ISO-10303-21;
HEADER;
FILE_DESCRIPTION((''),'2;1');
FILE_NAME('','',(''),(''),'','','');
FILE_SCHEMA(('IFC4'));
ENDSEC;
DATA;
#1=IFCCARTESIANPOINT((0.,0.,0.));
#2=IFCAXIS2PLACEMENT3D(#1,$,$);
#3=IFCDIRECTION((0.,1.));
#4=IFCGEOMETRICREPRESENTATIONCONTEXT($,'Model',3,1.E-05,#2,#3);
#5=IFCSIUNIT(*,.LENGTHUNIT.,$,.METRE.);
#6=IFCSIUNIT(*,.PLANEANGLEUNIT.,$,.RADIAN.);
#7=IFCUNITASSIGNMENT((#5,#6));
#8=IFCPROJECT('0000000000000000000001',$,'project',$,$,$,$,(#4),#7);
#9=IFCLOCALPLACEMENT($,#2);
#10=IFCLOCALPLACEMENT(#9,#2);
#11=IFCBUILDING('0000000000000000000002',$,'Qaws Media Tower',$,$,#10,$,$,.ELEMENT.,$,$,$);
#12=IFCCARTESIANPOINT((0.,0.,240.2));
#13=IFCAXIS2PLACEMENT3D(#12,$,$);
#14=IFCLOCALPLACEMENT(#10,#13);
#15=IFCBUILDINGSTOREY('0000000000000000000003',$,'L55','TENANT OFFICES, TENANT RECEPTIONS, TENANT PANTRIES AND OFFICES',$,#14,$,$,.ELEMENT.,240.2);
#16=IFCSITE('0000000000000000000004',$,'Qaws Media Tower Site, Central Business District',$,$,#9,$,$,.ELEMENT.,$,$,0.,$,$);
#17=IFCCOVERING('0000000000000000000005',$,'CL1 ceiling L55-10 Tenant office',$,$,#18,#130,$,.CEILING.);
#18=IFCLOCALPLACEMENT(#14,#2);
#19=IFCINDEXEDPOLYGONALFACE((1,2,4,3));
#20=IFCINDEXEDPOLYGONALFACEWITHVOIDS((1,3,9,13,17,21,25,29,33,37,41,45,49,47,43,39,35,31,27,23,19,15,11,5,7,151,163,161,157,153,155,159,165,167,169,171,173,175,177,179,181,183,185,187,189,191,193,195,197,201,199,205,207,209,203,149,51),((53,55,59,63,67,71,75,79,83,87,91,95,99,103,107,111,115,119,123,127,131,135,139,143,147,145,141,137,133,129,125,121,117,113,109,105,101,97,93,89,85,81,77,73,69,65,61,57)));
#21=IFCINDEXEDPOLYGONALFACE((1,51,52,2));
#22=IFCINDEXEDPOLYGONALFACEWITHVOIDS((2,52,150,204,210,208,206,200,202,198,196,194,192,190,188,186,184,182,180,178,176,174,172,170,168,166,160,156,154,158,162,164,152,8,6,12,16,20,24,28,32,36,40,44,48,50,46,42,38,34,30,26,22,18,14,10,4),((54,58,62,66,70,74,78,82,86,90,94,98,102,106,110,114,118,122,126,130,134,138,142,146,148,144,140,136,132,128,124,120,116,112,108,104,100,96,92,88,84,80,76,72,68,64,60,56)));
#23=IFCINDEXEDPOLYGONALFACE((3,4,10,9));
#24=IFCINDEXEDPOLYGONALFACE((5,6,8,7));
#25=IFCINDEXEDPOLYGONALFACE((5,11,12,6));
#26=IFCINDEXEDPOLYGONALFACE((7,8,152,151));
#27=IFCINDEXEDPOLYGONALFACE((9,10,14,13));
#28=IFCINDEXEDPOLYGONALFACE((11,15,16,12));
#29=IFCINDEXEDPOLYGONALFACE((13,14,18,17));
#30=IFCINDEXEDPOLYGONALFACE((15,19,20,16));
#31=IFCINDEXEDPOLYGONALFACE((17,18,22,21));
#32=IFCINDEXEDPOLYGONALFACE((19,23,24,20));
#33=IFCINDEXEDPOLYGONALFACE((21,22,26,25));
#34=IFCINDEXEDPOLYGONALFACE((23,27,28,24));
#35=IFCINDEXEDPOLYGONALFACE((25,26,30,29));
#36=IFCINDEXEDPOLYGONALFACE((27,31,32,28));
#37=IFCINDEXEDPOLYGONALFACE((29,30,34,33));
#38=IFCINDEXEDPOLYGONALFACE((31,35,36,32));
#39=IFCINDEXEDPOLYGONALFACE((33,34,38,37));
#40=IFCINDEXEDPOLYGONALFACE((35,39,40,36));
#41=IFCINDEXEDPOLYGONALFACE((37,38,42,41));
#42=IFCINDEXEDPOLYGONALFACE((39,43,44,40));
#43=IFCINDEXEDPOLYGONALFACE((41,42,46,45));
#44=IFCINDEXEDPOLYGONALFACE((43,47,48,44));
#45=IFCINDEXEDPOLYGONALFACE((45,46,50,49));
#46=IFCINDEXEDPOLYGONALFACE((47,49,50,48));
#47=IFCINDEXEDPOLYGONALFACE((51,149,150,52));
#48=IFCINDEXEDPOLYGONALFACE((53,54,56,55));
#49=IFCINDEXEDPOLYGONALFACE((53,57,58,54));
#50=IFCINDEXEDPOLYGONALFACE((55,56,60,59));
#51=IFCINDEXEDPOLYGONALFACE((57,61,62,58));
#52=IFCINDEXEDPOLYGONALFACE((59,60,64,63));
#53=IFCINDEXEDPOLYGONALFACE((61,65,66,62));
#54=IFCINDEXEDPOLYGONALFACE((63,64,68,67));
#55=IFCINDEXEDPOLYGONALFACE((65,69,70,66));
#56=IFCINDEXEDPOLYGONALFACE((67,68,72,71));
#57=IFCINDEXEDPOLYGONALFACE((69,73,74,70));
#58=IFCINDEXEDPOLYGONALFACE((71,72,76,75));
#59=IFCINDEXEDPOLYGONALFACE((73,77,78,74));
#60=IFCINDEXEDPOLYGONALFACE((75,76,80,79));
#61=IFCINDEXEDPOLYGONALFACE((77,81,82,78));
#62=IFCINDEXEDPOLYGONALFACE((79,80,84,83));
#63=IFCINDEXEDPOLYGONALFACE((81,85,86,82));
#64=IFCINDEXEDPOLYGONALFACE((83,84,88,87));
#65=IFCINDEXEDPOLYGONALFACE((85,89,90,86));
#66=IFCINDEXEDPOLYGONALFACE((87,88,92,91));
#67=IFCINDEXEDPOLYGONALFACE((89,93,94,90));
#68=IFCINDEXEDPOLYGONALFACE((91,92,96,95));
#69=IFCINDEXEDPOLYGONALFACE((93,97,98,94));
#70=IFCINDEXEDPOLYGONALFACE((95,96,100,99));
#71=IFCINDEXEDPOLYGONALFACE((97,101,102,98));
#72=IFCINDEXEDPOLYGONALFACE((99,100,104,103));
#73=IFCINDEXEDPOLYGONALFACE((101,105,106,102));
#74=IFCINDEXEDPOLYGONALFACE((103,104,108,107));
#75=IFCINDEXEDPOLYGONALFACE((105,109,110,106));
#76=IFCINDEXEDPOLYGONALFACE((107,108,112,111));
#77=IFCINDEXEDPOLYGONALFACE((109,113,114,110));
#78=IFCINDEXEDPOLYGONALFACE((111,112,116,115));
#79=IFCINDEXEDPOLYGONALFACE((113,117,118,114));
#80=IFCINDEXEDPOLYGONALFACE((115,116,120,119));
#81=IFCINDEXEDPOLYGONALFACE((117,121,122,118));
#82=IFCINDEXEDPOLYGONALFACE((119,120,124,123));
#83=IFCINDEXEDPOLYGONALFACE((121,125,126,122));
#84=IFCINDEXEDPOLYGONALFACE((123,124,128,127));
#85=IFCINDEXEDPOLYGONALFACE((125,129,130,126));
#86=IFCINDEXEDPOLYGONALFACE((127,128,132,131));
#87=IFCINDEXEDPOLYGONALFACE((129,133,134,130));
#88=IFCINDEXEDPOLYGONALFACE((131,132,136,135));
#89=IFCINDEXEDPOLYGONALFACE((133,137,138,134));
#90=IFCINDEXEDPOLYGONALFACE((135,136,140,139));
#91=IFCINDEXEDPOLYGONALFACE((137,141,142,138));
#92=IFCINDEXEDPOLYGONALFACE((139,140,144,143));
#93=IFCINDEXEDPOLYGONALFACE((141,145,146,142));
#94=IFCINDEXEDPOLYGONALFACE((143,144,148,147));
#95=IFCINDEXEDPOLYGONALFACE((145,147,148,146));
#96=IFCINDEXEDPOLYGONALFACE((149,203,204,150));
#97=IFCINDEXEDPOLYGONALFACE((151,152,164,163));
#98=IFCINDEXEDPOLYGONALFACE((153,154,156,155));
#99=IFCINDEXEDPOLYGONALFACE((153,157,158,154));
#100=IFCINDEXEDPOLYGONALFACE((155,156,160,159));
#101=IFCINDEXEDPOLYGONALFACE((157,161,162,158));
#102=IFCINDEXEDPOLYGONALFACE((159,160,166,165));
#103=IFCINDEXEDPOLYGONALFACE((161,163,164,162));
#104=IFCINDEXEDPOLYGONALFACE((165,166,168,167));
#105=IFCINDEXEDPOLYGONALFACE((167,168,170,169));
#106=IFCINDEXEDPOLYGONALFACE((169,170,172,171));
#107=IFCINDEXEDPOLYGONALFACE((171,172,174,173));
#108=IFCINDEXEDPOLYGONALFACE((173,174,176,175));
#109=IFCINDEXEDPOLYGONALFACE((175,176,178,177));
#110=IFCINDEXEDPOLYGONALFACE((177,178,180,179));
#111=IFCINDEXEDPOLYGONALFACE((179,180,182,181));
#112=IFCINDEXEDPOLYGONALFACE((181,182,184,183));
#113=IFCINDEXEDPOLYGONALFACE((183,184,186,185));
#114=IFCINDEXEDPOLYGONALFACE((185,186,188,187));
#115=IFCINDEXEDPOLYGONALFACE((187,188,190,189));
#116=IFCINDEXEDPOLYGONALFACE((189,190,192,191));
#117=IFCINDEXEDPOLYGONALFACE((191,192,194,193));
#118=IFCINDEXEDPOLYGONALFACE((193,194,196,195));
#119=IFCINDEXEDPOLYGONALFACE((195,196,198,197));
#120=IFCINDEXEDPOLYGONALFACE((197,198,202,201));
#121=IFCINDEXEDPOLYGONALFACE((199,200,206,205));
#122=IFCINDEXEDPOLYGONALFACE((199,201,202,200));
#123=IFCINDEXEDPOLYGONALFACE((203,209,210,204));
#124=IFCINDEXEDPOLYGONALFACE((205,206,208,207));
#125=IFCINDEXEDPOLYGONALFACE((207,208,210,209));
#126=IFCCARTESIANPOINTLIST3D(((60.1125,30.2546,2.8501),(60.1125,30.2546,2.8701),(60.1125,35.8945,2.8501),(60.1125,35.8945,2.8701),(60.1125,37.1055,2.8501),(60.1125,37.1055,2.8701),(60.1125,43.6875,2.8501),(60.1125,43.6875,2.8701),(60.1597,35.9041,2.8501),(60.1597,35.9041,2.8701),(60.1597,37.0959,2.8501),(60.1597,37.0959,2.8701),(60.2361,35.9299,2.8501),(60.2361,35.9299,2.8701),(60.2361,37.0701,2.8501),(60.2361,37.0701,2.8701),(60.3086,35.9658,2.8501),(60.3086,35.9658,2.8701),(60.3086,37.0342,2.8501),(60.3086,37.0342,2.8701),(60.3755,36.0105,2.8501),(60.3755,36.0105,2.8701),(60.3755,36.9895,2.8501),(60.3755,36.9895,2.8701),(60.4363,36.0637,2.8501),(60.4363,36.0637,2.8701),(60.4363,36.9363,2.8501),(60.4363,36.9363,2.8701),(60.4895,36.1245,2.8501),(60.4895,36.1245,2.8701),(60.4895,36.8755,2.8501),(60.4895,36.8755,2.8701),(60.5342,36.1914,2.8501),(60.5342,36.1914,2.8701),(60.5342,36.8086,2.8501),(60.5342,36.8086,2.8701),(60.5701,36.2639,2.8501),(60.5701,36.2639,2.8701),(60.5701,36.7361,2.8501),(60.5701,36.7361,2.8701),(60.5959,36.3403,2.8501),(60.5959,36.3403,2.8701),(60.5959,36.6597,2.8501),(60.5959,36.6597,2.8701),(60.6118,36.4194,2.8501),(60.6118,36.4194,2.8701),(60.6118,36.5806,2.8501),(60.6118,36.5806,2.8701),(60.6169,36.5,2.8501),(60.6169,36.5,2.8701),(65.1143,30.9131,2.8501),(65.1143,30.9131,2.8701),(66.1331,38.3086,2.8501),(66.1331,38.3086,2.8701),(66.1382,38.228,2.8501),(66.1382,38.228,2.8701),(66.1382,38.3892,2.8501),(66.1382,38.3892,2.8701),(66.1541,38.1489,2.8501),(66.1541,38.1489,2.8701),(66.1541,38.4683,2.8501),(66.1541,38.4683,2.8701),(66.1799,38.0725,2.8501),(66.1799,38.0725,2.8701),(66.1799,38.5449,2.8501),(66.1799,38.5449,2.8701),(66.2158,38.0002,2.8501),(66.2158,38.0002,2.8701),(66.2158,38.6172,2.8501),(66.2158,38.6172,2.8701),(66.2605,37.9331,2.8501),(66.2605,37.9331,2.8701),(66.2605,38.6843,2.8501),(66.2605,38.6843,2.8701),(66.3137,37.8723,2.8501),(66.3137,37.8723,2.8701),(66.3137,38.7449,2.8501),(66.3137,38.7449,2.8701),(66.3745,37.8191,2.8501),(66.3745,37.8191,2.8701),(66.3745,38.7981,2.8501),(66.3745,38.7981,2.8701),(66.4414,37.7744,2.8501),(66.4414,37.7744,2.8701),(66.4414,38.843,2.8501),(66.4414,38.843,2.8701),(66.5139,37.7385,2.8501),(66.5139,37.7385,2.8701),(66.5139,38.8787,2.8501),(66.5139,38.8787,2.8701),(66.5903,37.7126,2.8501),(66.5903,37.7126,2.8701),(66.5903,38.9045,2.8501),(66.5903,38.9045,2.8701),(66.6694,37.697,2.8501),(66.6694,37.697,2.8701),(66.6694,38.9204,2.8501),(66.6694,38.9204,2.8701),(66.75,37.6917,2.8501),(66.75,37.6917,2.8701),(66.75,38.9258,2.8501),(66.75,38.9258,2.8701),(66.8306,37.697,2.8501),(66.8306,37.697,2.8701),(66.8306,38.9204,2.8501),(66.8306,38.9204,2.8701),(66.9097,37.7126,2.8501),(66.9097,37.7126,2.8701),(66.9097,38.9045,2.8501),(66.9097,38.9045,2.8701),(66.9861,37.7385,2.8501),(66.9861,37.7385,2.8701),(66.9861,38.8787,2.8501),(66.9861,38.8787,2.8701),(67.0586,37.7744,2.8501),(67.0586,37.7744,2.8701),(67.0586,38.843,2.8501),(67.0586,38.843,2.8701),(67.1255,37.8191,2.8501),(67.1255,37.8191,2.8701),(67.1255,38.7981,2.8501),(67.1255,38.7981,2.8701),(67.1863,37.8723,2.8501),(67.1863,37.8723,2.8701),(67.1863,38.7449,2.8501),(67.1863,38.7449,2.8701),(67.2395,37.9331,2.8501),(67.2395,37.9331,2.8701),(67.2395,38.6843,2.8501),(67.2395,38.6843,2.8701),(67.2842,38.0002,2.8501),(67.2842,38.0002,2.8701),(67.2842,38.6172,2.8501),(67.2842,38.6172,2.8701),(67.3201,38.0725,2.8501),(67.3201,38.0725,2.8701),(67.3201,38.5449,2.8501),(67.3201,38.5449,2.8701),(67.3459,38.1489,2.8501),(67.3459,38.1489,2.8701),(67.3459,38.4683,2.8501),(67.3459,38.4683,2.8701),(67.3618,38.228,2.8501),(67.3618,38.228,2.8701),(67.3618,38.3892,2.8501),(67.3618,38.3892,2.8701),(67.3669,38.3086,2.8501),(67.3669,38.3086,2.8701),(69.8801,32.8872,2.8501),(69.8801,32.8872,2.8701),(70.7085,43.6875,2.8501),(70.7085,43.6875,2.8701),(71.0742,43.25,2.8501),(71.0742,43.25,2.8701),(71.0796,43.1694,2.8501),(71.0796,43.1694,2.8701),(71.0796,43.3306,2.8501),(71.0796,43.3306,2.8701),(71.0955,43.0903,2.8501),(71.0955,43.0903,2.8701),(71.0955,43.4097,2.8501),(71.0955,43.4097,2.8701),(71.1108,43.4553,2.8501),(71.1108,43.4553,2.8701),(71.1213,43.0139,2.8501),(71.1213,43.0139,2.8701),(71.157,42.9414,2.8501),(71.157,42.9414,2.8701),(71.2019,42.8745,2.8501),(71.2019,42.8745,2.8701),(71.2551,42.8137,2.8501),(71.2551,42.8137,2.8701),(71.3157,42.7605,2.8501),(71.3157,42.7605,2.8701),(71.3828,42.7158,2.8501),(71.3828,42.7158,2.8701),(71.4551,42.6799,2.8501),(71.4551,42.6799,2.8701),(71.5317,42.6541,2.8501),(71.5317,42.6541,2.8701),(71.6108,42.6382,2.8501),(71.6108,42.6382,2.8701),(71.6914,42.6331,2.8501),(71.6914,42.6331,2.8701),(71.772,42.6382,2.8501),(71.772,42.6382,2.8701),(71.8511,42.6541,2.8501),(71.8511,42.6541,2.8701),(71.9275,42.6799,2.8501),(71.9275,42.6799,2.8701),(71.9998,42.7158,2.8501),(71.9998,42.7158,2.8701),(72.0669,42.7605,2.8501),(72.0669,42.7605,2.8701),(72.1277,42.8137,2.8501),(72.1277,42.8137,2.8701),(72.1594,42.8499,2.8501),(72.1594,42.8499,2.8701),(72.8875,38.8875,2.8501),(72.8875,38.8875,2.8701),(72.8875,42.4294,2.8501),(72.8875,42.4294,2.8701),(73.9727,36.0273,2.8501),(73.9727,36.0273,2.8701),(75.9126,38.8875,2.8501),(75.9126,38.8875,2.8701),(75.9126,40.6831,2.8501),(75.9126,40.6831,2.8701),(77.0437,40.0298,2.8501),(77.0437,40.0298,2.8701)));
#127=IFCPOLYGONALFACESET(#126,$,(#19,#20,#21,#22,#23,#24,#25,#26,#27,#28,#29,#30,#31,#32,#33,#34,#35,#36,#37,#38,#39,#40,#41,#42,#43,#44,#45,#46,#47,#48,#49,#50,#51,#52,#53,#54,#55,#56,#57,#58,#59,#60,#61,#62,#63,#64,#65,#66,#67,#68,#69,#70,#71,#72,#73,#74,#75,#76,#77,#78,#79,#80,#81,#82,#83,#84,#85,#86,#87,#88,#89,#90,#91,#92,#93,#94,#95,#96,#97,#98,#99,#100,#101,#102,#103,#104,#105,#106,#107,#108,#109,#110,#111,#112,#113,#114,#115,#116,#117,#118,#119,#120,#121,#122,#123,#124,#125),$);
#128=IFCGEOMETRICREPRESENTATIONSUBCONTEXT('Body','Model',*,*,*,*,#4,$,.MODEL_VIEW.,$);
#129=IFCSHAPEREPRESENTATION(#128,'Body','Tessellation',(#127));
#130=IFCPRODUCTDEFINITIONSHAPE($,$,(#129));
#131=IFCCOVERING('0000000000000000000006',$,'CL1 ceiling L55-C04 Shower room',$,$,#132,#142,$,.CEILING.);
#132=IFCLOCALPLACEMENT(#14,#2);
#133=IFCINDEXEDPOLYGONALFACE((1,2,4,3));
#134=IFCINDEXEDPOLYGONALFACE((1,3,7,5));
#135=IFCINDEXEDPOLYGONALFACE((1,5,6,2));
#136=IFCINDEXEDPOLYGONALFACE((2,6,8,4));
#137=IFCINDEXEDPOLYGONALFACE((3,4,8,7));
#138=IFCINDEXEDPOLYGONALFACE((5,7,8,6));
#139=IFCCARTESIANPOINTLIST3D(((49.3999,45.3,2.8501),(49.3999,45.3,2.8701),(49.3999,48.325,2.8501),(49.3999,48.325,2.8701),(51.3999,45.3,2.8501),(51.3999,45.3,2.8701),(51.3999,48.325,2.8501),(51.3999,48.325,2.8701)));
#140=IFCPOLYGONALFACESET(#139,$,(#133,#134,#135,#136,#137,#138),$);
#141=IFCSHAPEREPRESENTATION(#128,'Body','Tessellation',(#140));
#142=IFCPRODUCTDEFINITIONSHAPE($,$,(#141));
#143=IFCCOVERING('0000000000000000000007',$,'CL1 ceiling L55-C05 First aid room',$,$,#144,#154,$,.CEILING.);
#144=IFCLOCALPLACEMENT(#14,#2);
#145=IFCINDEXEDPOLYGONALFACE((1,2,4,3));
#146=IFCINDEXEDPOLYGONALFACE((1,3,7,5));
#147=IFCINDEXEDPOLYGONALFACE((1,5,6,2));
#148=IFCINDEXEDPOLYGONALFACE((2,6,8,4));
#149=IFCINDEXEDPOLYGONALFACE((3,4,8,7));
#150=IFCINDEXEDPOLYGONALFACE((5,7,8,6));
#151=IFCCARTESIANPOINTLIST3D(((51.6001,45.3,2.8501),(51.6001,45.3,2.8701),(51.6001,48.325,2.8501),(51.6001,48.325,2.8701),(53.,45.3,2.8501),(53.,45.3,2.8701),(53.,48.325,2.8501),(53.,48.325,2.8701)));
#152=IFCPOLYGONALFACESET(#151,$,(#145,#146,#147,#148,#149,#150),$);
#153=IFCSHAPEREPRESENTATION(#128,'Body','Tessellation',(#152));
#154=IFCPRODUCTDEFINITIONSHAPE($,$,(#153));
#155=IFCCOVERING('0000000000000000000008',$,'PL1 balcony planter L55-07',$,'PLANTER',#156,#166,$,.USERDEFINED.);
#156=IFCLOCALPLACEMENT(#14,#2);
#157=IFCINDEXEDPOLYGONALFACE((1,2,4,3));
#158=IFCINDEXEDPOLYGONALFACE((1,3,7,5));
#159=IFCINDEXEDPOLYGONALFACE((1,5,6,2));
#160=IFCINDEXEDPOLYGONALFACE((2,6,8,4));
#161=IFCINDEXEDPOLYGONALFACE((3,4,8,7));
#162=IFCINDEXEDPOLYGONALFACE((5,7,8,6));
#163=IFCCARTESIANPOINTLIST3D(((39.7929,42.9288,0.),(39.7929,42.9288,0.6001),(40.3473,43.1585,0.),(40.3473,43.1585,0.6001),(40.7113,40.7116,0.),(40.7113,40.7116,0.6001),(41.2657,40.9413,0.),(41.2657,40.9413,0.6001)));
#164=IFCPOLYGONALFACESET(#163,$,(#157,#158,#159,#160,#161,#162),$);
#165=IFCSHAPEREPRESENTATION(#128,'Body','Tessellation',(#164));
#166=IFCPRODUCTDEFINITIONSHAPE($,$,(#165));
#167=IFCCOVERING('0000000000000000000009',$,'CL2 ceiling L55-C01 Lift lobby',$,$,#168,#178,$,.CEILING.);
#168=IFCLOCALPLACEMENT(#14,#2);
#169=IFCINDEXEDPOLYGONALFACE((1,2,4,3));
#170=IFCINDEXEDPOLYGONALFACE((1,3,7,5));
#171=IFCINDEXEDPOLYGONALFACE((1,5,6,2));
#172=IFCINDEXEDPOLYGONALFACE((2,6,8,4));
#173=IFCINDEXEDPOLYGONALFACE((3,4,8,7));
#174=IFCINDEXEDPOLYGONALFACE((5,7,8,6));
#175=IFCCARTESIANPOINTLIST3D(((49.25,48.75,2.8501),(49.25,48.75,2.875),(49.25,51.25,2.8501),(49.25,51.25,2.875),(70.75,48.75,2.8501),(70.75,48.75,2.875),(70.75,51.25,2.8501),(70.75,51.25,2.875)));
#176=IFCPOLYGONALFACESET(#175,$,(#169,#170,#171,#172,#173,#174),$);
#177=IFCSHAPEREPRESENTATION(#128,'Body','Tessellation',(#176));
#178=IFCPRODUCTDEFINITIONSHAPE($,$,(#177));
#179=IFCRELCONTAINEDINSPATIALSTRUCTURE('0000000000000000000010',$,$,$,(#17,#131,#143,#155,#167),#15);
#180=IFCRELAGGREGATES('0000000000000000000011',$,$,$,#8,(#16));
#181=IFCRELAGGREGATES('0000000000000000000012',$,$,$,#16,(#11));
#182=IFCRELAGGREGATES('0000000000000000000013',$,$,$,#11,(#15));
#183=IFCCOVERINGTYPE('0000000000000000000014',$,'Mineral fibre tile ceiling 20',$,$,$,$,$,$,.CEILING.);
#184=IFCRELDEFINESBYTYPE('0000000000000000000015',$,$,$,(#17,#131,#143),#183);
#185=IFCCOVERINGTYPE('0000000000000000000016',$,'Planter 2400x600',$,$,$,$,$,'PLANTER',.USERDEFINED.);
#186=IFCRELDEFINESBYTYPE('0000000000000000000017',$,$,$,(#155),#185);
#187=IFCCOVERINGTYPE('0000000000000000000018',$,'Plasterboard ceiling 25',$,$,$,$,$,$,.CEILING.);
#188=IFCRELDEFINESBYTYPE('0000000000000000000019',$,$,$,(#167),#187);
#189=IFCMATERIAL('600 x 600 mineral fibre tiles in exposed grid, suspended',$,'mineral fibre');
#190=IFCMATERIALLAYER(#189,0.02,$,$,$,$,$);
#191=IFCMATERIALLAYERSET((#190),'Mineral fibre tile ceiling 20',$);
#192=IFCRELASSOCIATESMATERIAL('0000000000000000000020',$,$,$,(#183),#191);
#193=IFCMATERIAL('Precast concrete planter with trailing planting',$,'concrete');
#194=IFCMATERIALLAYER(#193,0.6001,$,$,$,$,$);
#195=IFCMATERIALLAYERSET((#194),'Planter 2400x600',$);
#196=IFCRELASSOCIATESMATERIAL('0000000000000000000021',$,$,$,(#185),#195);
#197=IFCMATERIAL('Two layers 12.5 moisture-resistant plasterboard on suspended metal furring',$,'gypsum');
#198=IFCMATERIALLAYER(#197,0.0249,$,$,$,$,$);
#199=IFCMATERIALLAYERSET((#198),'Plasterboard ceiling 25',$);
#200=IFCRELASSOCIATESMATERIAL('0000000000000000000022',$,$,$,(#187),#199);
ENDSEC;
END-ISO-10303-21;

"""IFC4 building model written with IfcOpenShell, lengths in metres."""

from ifc_helpers import new_model, si_unit, direction, frame, origin, origin_2d, place, context, subcontext, project, spatial, polyline, rectangle, outline, extrude, material, layer, layer_set, type_object, element, save


model = new_model("IFC4")

# Units and contexts
model_context = context("Model", 3, precision=1e-05, world=origin(), true_north=direction((0.0, 1.0)))
body_context = subcontext(model_context, "Body", "Model", "MODEL_VIEW")
ifc_project = project(units=[si_unit("LENGTHUNIT", "METRE"), si_unit("PLANEANGLEUNIT", "RADIAN")], contexts=[model_context])

# Site, building, storey
site_placement = place(None, origin())
site = spatial("IfcSite", under=ifc_project, at=site_placement, Name="Qaws Media Tower Site, Central Business District", CompositionType="ELEMENT", RefElevation=0.0)
building_placement = place(site_placement, origin())
building = spatial("IfcBuilding", under=site, at=building_placement, Name="Qaws Media Tower", CompositionType="ELEMENT")
storey_placement = place(building_placement, frame((0.0, 0.0, 240.2)))
storey = spatial("IfcBuildingStorey", under=building, at=storey_placement, Name="L55", Description="TENANT OFFICES, TENANT RECEPTIONS, TENANT PANTRIES AND OFFICES", CompositionType="ELEMENT", Elevation=240.2)

# Coverings
ifc_material_1 = material(Name="600 x 600 mineral fibre tiles in exposed grid, suspended", Category="mineral fibre")
ifc_layer_1 = layer(ifc_material_1, 0.02)
ifc_layer_set_1 = layer_set([ifc_layer_1], Name="Mineral fibre tile ceiling 20")
covering_type_1 = type_object("IfcCoveringType", Name="Mineral fibre tile ceiling 20", PredefinedType="CEILING", material=ifc_layer_set_1)
covering_1_placement = place(storey_placement, frame((0.0, 0.0, 2.8501)))
element("IfcCovering", 1, at=covering_1_placement, inside=storey, type_object=covering_type_1, Name="CL1 ceiling L55-10 Tenant office", PredefinedType="CEILING", context=body_context, shape_type="SweptSolid", body=[
    extrude(outline(polyline([(72.8875, 38.8875), (75.9126, 38.8875), (75.9126, 40.6831), (77.0437, 40.0298), (73.9727, 36.0273), (69.8801, 32.8872), (65.1143, 30.9131), (60.1125, 30.2546), (60.1125, 35.8945), (60.1597, 35.9041), (60.2361, 35.9299), (60.3086, 35.9658), (60.3755, 36.0105), (60.4363, 36.0637), (60.4895, 36.1245), (60.5342, 36.1914), (60.5701, 36.2639), (60.5959, 36.3403), (60.6118, 36.4194), (60.6169, 36.5), (60.6118, 36.5806), (60.5959, 36.6597), (60.5701, 36.7361), (60.5342, 36.8086), (60.4895, 36.8755), (60.4363, 36.9363), (60.3755, 36.9895), (60.3086, 37.0342), (60.2361, 37.0701), (60.1597, 37.0959), (60.1125, 37.1055), (60.1125, 43.6875), (70.7085, 43.6875), (71.1108, 43.4553), (71.0955, 43.4097), (71.0796, 43.3306), (71.0742, 43.25), (71.0796, 43.1694), (71.0955, 43.0903), (71.1213, 43.0139), (71.157, 42.9414), (71.2019, 42.8745), (71.2551, 42.8137), (71.3157, 42.7605), (71.3828, 42.7158), (71.4551, 42.6799), (71.5317, 42.6541), (71.6108, 42.6382), (71.6914, 42.6331), (71.772, 42.6382), (71.8511, 42.6541), (71.9275, 42.6799), (71.9998, 42.7158), (72.0669, 42.7605), (72.1277, 42.8137), (72.1594, 42.8499), (72.8875, 42.4294), (72.8875, 38.8875)]), holes=[polyline([(67.3201, 38.0725), (67.3459, 38.1489), (67.3618, 38.228), (67.3669, 38.3086), (67.3618, 38.3892), (67.3459, 38.4683), (67.3201, 38.5449), (67.2842, 38.6172), (67.2395, 38.6843), (67.1863, 38.7449), (67.1255, 38.7981), (67.0586, 38.843), (66.9861, 38.8787), (66.9097, 38.9045), (66.8306, 38.9204), (66.75, 38.9258), (66.6694, 38.9204), (66.5903, 38.9045), (66.5139, 38.8787), (66.4414, 38.843), (66.3745, 38.7981), (66.3137, 38.7449), (66.2605, 38.6843), (66.2158, 38.6172), (66.1799, 38.5449), (66.1541, 38.4683), (66.1382, 38.3892), (66.1331, 38.3086), (66.1382, 38.228), (66.1541, 38.1489), (66.1799, 38.0725), (66.2158, 38.0002), (66.2605, 37.9331), (66.3137, 37.8723), (66.3745, 37.8191), (66.4414, 37.7744), (66.5139, 37.7385), (66.5903, 37.7126), (66.6694, 37.697), (66.75, 37.6917), (66.8306, 37.697), (66.9097, 37.7126), (66.9861, 37.7385), (67.0586, 37.7744), (67.1255, 37.8191), (67.1863, 37.8723), (67.2395, 37.9331), (67.2842, 38.0002), (67.3201, 38.0725)])]), origin(), (0.0, 0.0, 1.0), 0.02),
])
covering_2_placement = place(storey_placement, frame((0.0, 0.0, 2.8501)))
element("IfcCovering", 2, at=covering_2_placement, inside=storey, type_object=covering_type_1, Name="CL1 ceiling L55-C04 Shower room", PredefinedType="CEILING", context=body_context, shape_type="SweptSolid", body=[
    extrude(outline(polyline([(49.3999, 45.3), (49.3999, 48.325), (51.3999, 48.325), (51.3999, 45.3), (49.3999, 45.3)])), origin(), (0.0, 0.0, 1.0), 0.02),
])
covering_3_placement = place(storey_placement, frame((0.0, 0.0, 2.8501)))
element("IfcCovering", 3, at=covering_3_placement, inside=storey, type_object=covering_type_1, Name="CL1 ceiling L55-C05 First aid room", PredefinedType="CEILING", context=body_context, shape_type="SweptSolid", body=[
    extrude(outline(polyline([(51.6001, 45.3), (51.6001, 48.325), (53.0, 48.325), (53.0, 45.3), (51.6001, 45.3)])), origin(), (0.0, 0.0, 1.0), 0.02),
])
ifc_material_2 = material(Name="Precast concrete planter with trailing planting", Category="concrete")
ifc_layer_2 = layer(ifc_material_2, 0.6001)
ifc_layer_set_2 = layer_set([ifc_layer_2], Name="Planter 2400x600")
covering_type_2 = type_object("IfcCoveringType", Name="Planter 2400x600", ElementType="PLANTER", PredefinedType="USERDEFINED", material=ifc_layer_set_2)
covering_4_placement = place(storey_placement, frame((40.5293, 41.9351, 0.0), z_axis=(0.0, 0.0, 1.0), x_axis=(0.382683, -0.92388, 0.0)))
element("IfcCovering", 4, at=covering_4_placement, inside=storey, type_object=covering_type_2, Name="PL1 balcony planter L55-07", ObjectType="PLANTER", PredefinedType="USERDEFINED", context=body_context, shape_type="SweptSolid", body=[
    extrude(rectangle(XDim=2.3999, YDim=0.6001, at=origin_2d()), origin(), (0.0, 0.0, 1.0), 0.6001),
])
ifc_material_3 = material(Name="Two layers 12.5 moisture-resistant plasterboard on suspended metal furring", Category="gypsum")
ifc_layer_3 = layer(ifc_material_3, 0.0249)
ifc_layer_set_3 = layer_set([ifc_layer_3], Name="Plasterboard ceiling 25")
covering_type_3 = type_object("IfcCoveringType", Name="Plasterboard ceiling 25", PredefinedType="CEILING", material=ifc_layer_set_3)
covering_5_placement = place(storey_placement, frame((0.0, 0.0, 2.8501)))
element("IfcCovering", 5, at=covering_5_placement, inside=storey, type_object=covering_type_3, Name="CL2 ceiling L55-C01 Lift lobby", PredefinedType="CEILING", context=body_context, shape_type="SweptSolid", body=[
    extrude(outline(polyline([(49.25, 48.75), (49.25, 51.25), (70.75, 51.25), (70.75, 48.75), (49.25, 48.75)])), origin(), (0.0, 0.0, 1.0), 0.0249),
])

save(model, "model.ifc")
